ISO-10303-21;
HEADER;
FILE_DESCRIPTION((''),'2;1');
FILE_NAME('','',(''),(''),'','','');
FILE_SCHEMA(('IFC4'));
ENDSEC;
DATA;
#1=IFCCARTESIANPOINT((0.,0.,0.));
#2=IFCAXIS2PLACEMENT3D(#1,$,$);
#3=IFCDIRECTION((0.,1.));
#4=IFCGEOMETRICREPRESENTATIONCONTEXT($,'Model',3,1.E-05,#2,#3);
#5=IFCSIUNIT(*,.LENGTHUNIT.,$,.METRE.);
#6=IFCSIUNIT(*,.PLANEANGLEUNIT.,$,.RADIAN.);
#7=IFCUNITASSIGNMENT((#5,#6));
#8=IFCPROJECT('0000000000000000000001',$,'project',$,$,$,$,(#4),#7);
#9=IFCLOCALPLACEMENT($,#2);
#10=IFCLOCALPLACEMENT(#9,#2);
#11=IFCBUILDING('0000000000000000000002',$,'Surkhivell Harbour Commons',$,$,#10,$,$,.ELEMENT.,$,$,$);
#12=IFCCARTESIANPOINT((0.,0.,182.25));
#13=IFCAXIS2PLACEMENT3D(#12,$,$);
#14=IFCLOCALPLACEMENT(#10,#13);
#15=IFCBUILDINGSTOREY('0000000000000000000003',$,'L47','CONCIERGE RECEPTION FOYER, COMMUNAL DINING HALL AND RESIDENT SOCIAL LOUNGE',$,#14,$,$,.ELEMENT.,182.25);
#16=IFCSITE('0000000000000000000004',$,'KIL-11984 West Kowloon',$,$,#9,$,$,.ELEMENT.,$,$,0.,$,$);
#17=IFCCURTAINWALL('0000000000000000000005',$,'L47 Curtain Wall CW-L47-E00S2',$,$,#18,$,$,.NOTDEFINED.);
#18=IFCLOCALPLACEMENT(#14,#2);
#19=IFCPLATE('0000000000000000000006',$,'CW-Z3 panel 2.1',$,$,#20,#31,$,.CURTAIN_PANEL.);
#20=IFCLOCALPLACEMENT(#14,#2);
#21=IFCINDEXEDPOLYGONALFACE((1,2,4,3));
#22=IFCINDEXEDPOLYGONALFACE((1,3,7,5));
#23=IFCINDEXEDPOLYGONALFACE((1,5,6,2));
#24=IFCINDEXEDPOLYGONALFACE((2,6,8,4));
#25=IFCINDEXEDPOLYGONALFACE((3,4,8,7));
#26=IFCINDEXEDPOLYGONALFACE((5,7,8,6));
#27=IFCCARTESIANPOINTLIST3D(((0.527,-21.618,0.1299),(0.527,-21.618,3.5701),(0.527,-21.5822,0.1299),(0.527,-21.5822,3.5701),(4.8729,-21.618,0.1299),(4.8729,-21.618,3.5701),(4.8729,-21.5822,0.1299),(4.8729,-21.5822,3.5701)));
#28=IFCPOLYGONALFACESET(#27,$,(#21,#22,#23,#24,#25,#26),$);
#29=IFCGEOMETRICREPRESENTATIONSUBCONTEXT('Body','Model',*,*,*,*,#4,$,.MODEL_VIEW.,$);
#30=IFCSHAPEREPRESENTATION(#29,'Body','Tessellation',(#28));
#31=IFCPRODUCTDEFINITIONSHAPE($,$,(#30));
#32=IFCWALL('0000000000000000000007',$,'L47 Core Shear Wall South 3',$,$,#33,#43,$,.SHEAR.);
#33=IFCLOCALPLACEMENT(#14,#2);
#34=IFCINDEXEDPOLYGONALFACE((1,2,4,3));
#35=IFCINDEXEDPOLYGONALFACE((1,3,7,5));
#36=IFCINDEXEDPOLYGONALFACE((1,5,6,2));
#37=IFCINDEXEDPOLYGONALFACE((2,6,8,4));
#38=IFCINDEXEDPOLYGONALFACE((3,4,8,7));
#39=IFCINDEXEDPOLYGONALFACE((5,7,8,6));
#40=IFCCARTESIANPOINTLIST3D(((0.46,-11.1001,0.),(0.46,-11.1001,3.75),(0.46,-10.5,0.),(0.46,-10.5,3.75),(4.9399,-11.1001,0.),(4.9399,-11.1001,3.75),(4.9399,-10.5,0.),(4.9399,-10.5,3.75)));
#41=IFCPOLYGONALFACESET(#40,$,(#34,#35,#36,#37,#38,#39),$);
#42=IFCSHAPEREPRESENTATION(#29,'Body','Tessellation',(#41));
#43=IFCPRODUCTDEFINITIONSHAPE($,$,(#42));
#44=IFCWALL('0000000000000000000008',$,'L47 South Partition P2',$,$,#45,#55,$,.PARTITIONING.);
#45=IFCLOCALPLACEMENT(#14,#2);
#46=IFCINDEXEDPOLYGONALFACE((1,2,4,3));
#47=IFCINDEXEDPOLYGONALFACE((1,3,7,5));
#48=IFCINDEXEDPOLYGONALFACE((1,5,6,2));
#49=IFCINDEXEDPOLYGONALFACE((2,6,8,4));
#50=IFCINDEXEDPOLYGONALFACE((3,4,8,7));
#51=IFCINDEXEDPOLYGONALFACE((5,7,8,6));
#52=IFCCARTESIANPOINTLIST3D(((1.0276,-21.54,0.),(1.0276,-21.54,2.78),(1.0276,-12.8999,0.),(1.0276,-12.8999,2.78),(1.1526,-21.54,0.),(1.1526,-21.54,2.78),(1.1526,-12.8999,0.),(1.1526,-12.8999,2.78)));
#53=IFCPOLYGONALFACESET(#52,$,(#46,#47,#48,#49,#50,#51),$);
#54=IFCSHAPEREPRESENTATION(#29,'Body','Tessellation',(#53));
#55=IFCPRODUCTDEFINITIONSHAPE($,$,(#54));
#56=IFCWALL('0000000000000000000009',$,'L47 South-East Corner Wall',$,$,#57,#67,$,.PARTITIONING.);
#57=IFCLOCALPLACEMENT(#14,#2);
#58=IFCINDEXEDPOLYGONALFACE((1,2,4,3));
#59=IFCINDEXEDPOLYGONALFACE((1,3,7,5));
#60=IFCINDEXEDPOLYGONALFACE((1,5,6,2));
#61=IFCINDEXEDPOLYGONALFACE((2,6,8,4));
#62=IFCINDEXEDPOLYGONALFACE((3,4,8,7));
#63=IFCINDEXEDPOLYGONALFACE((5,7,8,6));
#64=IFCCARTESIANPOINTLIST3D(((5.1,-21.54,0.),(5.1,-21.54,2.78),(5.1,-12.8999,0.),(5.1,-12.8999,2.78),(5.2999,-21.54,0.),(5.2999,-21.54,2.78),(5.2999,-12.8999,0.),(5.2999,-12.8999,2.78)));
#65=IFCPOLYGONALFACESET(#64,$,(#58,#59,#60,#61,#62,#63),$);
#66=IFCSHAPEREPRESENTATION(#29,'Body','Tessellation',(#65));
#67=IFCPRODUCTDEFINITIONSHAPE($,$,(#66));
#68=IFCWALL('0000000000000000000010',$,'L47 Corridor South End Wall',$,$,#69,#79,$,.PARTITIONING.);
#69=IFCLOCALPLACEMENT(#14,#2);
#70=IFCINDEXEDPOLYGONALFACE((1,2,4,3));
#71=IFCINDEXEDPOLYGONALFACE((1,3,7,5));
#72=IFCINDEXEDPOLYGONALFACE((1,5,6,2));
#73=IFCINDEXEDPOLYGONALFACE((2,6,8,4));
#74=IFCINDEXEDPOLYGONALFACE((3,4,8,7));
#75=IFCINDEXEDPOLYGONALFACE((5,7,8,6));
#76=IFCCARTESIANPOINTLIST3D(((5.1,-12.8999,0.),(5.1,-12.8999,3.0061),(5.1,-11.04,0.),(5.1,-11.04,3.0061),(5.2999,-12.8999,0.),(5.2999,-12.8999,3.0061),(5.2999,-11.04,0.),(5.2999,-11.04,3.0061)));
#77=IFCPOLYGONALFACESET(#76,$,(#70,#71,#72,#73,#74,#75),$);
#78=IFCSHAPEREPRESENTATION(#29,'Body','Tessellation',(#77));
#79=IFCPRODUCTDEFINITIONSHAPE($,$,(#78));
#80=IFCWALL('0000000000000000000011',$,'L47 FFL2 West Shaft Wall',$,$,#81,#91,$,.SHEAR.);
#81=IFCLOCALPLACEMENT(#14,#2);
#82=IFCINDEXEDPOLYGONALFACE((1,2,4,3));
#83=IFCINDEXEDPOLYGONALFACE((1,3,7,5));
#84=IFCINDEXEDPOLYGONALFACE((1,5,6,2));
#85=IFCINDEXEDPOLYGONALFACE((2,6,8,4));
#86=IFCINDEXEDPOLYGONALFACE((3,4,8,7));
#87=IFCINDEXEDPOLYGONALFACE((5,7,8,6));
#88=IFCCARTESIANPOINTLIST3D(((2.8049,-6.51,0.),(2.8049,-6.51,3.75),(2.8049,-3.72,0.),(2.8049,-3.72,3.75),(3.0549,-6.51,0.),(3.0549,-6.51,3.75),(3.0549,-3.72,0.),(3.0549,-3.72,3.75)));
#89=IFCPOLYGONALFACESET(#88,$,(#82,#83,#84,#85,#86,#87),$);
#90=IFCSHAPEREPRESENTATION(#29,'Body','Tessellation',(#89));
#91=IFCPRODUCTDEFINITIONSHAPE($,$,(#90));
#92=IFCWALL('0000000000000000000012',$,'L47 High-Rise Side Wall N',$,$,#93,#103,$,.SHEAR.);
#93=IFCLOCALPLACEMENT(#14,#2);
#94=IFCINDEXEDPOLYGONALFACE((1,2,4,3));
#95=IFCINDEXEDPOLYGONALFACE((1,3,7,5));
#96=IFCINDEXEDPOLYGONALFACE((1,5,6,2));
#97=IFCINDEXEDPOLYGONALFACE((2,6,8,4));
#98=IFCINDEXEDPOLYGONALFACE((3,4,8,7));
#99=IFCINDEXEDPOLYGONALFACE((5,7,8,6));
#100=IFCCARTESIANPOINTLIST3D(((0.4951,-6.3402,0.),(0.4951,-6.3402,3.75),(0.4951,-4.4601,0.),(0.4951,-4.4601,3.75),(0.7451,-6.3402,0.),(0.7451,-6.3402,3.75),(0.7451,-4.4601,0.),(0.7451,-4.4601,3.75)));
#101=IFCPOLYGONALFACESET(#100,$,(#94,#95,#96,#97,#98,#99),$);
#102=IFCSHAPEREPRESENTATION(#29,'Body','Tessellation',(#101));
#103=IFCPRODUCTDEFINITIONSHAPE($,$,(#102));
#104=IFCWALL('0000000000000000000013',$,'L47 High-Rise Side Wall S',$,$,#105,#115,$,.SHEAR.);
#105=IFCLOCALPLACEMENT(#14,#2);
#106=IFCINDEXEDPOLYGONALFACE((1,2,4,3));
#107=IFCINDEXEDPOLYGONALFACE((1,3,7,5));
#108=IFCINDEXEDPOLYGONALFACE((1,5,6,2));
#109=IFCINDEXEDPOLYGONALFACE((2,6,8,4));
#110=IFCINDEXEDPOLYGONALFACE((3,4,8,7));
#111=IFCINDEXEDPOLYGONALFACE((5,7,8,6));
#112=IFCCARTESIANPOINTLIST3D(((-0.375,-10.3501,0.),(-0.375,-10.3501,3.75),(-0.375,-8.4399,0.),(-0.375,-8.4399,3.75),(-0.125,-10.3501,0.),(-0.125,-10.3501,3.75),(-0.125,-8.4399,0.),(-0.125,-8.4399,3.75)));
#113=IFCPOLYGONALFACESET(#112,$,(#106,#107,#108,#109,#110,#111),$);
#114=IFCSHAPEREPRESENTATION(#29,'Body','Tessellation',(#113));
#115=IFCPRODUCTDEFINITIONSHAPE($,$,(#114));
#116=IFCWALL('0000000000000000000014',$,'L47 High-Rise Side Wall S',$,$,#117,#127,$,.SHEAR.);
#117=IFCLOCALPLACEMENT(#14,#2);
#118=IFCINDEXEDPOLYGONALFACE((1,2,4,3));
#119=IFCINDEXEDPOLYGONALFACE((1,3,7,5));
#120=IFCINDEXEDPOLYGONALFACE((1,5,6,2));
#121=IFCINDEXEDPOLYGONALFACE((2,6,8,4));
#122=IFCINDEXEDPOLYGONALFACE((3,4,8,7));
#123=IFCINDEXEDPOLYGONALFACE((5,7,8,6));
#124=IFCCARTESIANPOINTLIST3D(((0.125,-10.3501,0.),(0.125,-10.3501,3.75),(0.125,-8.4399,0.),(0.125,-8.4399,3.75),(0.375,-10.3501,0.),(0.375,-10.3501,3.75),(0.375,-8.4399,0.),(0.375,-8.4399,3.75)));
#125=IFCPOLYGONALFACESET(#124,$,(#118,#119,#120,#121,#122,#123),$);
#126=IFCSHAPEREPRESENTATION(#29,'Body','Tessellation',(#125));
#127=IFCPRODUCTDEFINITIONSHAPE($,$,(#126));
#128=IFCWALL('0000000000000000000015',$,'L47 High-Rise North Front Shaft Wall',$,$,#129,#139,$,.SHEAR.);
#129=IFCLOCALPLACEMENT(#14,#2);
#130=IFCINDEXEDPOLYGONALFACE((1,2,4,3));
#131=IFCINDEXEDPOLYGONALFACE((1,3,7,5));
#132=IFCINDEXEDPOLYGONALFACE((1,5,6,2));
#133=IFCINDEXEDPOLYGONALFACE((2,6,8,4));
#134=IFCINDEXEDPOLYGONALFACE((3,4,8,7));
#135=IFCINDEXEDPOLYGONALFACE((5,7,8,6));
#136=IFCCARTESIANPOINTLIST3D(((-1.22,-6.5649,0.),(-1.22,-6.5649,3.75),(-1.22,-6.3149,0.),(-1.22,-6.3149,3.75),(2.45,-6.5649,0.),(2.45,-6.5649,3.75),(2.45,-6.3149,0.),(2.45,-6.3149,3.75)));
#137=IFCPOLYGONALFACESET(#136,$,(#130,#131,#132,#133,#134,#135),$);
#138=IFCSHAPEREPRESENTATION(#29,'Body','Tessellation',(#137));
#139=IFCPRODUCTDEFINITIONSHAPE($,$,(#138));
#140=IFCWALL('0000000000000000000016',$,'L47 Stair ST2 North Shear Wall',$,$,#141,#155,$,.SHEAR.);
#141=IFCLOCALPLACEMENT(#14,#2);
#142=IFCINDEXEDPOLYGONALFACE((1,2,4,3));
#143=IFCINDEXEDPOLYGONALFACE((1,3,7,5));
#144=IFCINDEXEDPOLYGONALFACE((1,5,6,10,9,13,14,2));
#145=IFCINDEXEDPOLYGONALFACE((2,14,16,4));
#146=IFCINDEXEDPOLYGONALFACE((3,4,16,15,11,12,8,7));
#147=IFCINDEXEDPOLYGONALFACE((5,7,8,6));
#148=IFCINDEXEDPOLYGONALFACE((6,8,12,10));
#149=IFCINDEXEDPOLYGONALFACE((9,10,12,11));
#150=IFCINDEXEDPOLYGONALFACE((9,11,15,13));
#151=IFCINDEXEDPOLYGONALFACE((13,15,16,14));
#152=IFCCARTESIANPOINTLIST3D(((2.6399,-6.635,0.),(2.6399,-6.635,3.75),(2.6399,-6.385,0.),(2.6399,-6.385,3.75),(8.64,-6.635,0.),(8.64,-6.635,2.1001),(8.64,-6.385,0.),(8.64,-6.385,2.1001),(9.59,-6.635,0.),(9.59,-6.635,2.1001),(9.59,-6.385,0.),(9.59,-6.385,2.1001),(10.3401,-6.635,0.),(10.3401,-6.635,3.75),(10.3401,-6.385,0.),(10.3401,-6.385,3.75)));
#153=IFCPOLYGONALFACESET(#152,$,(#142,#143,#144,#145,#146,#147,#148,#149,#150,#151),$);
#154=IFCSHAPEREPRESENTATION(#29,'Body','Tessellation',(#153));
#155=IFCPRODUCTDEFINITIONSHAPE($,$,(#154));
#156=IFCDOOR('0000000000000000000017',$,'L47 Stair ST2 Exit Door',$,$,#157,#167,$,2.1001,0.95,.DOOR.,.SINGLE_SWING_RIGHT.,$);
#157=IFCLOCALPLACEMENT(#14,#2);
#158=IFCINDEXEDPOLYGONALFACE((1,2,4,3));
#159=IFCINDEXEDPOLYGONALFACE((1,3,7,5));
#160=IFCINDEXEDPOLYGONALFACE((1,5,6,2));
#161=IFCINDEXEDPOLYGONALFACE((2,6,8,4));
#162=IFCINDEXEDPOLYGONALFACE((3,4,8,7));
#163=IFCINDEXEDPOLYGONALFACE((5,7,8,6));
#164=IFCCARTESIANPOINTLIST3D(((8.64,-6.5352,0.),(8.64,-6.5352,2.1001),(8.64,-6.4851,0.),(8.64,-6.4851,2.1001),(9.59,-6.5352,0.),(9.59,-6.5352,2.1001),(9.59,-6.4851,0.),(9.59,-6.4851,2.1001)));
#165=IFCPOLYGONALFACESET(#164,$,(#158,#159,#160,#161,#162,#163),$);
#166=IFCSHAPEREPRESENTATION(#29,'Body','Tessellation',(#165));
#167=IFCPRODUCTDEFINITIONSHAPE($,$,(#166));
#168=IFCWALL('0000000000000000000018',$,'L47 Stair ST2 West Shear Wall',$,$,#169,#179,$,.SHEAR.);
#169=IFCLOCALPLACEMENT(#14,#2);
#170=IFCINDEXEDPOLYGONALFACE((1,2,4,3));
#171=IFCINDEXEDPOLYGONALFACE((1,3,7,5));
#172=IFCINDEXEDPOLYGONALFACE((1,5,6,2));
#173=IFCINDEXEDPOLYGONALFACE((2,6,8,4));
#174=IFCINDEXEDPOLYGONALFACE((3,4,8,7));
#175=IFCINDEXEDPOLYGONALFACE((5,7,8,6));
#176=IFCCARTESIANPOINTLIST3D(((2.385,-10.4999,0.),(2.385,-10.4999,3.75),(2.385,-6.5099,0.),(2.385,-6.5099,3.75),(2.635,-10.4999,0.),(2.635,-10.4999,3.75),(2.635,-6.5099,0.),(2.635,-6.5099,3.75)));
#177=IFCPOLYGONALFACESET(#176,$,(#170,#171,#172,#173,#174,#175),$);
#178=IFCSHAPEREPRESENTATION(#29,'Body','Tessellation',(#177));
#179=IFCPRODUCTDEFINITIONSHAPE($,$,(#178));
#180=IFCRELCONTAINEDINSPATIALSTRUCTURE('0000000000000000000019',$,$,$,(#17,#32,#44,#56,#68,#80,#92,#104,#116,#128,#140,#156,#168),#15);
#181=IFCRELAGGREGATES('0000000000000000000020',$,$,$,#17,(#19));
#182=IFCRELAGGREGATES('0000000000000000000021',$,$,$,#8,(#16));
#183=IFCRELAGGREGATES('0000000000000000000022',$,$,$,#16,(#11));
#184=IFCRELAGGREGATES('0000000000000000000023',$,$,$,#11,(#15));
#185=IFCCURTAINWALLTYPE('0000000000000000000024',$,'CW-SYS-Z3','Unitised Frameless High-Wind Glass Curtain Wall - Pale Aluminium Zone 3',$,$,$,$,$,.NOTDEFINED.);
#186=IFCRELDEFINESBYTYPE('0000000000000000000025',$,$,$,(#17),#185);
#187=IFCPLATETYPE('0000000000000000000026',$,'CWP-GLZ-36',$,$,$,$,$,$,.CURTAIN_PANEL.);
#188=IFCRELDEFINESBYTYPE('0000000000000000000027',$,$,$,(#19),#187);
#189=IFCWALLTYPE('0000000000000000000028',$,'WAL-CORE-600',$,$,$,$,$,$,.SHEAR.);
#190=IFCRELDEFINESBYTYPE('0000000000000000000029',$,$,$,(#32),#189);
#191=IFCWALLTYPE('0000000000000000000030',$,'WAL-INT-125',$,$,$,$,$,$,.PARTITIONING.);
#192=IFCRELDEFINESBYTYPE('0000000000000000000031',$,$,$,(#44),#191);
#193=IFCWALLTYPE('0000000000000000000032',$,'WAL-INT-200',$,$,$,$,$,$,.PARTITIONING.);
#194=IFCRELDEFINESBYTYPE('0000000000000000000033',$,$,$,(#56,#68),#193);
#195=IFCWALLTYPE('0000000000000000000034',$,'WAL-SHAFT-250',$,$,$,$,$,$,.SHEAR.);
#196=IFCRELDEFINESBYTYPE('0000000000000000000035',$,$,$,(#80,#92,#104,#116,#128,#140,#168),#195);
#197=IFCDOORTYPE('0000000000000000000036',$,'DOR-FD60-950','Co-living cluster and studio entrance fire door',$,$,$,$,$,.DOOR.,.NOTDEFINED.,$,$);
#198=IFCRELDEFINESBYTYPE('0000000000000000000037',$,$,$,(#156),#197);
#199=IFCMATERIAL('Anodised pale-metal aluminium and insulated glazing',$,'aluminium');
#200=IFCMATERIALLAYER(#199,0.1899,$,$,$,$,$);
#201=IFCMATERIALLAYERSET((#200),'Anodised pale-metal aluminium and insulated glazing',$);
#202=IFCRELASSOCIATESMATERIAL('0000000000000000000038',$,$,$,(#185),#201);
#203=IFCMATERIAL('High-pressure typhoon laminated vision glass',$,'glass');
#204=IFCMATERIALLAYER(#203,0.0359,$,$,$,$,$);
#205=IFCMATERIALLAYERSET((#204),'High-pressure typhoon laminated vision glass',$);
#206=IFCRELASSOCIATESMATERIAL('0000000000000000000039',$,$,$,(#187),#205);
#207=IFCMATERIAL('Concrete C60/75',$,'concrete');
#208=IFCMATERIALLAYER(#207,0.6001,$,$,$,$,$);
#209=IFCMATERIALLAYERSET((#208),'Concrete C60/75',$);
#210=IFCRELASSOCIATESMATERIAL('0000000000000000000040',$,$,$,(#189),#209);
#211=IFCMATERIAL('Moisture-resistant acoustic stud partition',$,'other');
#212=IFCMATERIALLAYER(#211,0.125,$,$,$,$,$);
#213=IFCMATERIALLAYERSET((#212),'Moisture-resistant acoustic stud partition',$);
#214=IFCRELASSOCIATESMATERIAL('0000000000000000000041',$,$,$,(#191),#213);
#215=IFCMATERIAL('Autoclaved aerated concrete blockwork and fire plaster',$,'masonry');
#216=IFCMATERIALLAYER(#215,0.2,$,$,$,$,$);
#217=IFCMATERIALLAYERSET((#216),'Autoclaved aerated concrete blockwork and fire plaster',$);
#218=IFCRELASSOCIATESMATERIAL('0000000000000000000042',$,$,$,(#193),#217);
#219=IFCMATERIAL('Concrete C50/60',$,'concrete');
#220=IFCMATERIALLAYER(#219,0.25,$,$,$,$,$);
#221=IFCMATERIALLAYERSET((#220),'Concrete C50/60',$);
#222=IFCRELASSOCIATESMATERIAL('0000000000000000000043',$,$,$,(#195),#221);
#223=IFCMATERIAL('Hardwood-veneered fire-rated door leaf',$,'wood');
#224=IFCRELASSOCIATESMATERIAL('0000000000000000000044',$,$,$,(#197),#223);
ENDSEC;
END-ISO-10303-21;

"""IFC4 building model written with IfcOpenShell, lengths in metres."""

from ifc_helpers import new_model, si_unit, direction, frame, frame_2d, origin, place, context, subcontext, project, spatial, rectangle, extrude, material, layer, layer_set, type_object, element, fill, aggregate, save


model = new_model("IFC4")

# Units and contexts
model_context = context("Model", 3, precision=1e-05, world=origin(), true_north=direction((0.0, 1.0)))
body_context = subcontext(model_context, "Body", "Model", "MODEL_VIEW")
ifc_project = project(units=[si_unit("LENGTHUNIT", "METRE"), si_unit("PLANEANGLEUNIT", "RADIAN")], contexts=[model_context])

# Site, building, storey
site_placement = place(None, origin())
site = spatial("IfcSite", under=ifc_project, at=site_placement, Name="KIL-11984 West Kowloon", CompositionType="ELEMENT", RefElevation=0.0)
building_placement = place(site_placement, origin())
building = spatial("IfcBuilding", under=site, at=building_placement, Name="Surkhivell Harbour Commons", CompositionType="ELEMENT")
storey_placement = place(building_placement, frame((0.0, 0.0, 182.25)))
storey = spatial("IfcBuildingStorey", under=building, at=storey_placement, Name="L47", Description="CONCIERGE RECEPTION FOYER, COMMUNAL DINING HALL AND RESIDENT SOCIAL LOUNGE", CompositionType="ELEMENT", Elevation=182.25)

# Shared definitions
ifc_material_1 = material(Name="Concrete C60/75", Category="concrete")

# Curtain wall, plate
ifc_material_2 = material(Name="Anodised pale-metal aluminium and insulated glazing", Category="aluminium")
ifc_layer_1 = layer(ifc_material_2, 0.1899)
ifc_layer_set_1 = layer_set([ifc_layer_1], Name="Anodised pale-metal aluminium and insulated glazing")
curtain_wall_type = type_object("IfcCurtainWallType", Name="CW-SYS-Z3", Description="Unitised Frameless High-Wind Glass Curtain Wall - Pale Aluminium Zone 3", PredefinedType="NOTDEFINED", material=ifc_layer_set_1)
curtain_wall_placement = place(storey_placement, origin())
curtain_wall = element("IfcCurtainWall", 1, at=curtain_wall_placement, inside=storey, type_object=curtain_wall_type, Name="L47 Curtain Wall CW-L47-E00S2", PredefinedType="NOTDEFINED")
ifc_material_3 = material(Name="High-pressure typhoon laminated vision glass", Category="glass")
ifc_layer_2 = layer(ifc_material_3, 0.0359)
ifc_layer_set_2 = layer_set([ifc_layer_2], Name="High-pressure typhoon laminated vision glass")
plate_type = type_object("IfcPlateType", Name="CWP-GLZ-36", PredefinedType="CURTAIN_PANEL", material=ifc_layer_set_2)
plate_placement = place(storey_placement, frame((0.5271, -21.6001, 0.1299), z_axis=(0.0, 0.0, 1.0), x_axis=(1.0, 0.0, 0.0)))
plate = element("IfcPlate", 2, at=plate_placement, type_object=plate_type, Name="CW-Z3 panel 2.1", PredefinedType="CURTAIN_PANEL", context=body_context, shape_type="SweptSolid", body=[
    extrude(rectangle(XDim=4.3459, YDim=0.0359, at=frame_2d((2.1729, 0.0))), origin(), (0.0, 0.0, 1.0), 3.4402),
])
aggregate(curtain_wall, [plate])

# Walls
ifc_layer_3 = layer(ifc_material_1, 0.6001)
ifc_layer_set_3 = layer_set([ifc_layer_3], Name="Concrete C60/75")
wall_type_1 = type_object("IfcWallType", Name="WAL-CORE-600", PredefinedType="SHEAR", material=ifc_layer_set_3)
wall_1_placement = place(storey_placement, frame((0.46, -10.8, 0.0), z_axis=(0.0, 0.0, 1.0), x_axis=(1.0, 0.0, 0.0)))
element("IfcWall", 3, at=wall_1_placement, inside=storey, type_object=wall_type_1, Name="L47 Core Shear Wall South 3", PredefinedType="SHEAR", context=body_context, shape_type="SweptSolid", body=[
    extrude(rectangle(XDim=4.48, YDim=0.6001, at=frame_2d((2.24, 0.0))), origin(), (0.0, 0.0, 1.0), 3.75),
])
ifc_material_4 = material(Name="Moisture-resistant acoustic stud partition", Category="other")
ifc_layer_4 = layer(ifc_material_4, 0.125)
ifc_layer_set_4 = layer_set([ifc_layer_4], Name="Moisture-resistant acoustic stud partition")
wall_type_2 = type_object("IfcWallType", Name="WAL-INT-125", PredefinedType="PARTITIONING", material=ifc_layer_set_4)
wall_2_placement = place(storey_placement, frame((1.0901, -21.54, 0.0), z_axis=(0.0, 0.0, 1.0), x_axis=(0.0, 1.0, 0.0)))
element("IfcWall", 4, at=wall_2_placement, inside=storey, type_object=wall_type_2, Name="L47 South Partition P2", PredefinedType="PARTITIONING", context=body_context, shape_type="SweptSolid", body=[
    extrude(rectangle(XDim=8.6401, YDim=0.125, at=frame_2d((4.3201, 0.0))), origin(), (0.0, 0.0, 1.0), 2.78),
])
ifc_material_5 = material(Name="Autoclaved aerated concrete blockwork and fire plaster", Category="masonry")
ifc_layer_5 = layer(ifc_material_5, 0.2)
ifc_layer_set_5 = layer_set([ifc_layer_5], Name="Autoclaved aerated concrete blockwork and fire plaster")
wall_type_3 = type_object("IfcWallType", Name="WAL-INT-200", PredefinedType="PARTITIONING", material=ifc_layer_set_5)
wall_3_placement = place(storey_placement, frame((5.2, -21.54, 0.0), z_axis=(0.0, 0.0, 1.0), x_axis=(0.0, 1.0, 0.0)))
element("IfcWall", 5, at=wall_3_placement, inside=storey, type_object=wall_type_3, Name="L47 South-East Corner Wall", PredefinedType="PARTITIONING", context=body_context, shape_type="SweptSolid", body=[
    extrude(rectangle(XDim=8.6401, YDim=0.2, at=frame_2d((4.3201, 0.0))), origin(), (0.0, 0.0, 1.0), 2.78),
])
wall_4_placement = place(storey_placement, frame((5.2, -12.8999, 0.0), z_axis=(0.0, 0.0, 1.0), x_axis=(0.0, 1.0, 0.0)))
element("IfcWall", 6, at=wall_4_placement, inside=storey, type_object=wall_type_3, Name="L47 Corridor South End Wall", PredefinedType="PARTITIONING", context=body_context, shape_type="SweptSolid", body=[
    extrude(rectangle(XDim=1.8599, YDim=0.2, at=frame_2d((0.9299, 0.0))), origin(), (0.0, 0.0, 1.0), 3.0061),
])
ifc_material_6 = material(Name="Concrete C50/60", Category="concrete")
ifc_layer_6 = layer(ifc_material_6, 0.25)
ifc_layer_set_6 = layer_set([ifc_layer_6], Name="Concrete C50/60")
wall_type_4 = type_object("IfcWallType", Name="WAL-SHAFT-250", PredefinedType="SHEAR", material=ifc_layer_set_6)
wall_5_placement = place(storey_placement, frame((2.9299, -6.51, 0.0), z_axis=(0.0, 0.0, 1.0), x_axis=(0.0, 1.0, 0.0)))
element("IfcWall", 7, at=wall_5_placement, inside=storey, type_object=wall_type_4, Name="L47 FFL2 West Shaft Wall", PredefinedType="SHEAR", context=body_context, shape_type="SweptSolid", body=[
    extrude(rectangle(XDim=2.79, YDim=0.25, at=frame_2d((1.395, 0.0))), origin(), (0.0, 0.0, 1.0), 3.75),
])
wall_6_placement = place(storey_placement, frame((0.6201, -6.3401, 0.0), z_axis=(0.0, 0.0, 1.0), x_axis=(0.0, 1.0, 0.0)))
element("IfcWall", 8, at=wall_6_placement, inside=storey, type_object=wall_type_4, Name="L47 High-Rise Side Wall N", PredefinedType="SHEAR", context=body_context, shape_type="SweptSolid", body=[
    extrude(rectangle(XDim=1.8801, YDim=0.25, at=frame_2d((0.9399, 0.0))), origin(), (0.0, 0.0, 1.0), 3.75),
])
for number, where, z_axis, x_axis, name in (
    (9, (-0.25, -10.3501, 0.0), (0.0, 0.0, 1.0), (0.0, 1.0, 0.0), "L47 High-Rise Side Wall S"),
    (10, (0.25, -10.3501, 0.0), (0.0, 0.0, 1.0), (0.0, 1.0, 0.0), "L47 High-Rise Side Wall S"),
):
    element("IfcWall", number, at=place(storey_placement, frame(where, z_axis=z_axis, x_axis=x_axis)), inside=storey, type_object=wall_type_4, Name=name, PredefinedType="SHEAR", context=body_context, shape_type="SweptSolid", body=[
        extrude(rectangle(XDim=1.9102, YDim=0.25, at=frame_2d((0.9551, 0.0))), origin(), (0.0, 0.0, 1.0), 3.75),
    ])
wall_7_placement = place(storey_placement, frame((-1.22, -6.4399, 0.0), z_axis=(0.0, 0.0, 1.0), x_axis=(1.0, 0.0, 0.0)))
element("IfcWall", 11, at=wall_7_placement, inside=storey, type_object=wall_type_4, Name="L47 High-Rise North Front Shaft Wall", PredefinedType="SHEAR", context=body_context, shape_type="SweptSolid", body=[
    extrude(rectangle(XDim=3.6699, YDim=0.25, at=frame_2d((1.835, 0.0))), origin(), (0.0, 0.0, 1.0), 3.75),
])

# Wall, opening, door
wall_8_placement = place(storey_placement, frame((2.6399, -6.51, 0.0), z_axis=(0.0, 0.0, 1.0), x_axis=(1.0, 0.0, 0.0)))
wall_8 = element("IfcWall", 12, at=wall_8_placement, inside=storey, type_object=wall_type_4, Name="L47 Stair ST2 North Shear Wall", PredefinedType="SHEAR", context=body_context, shape_type="SweptSolid", body=[
    extrude(rectangle(XDim=7.7002, YDim=0.25, at=frame_2d((3.8501, 0.0))), origin(), (0.0, 0.0, 1.0), 3.75),
])
opening_placement = place(wall_8_placement, frame((6.0, 0.0, 0.0)))
opening = element("IfcOpeningElement", 13, at=opening_placement, cuts=wall_8, PredefinedType="OPENING", context=body_context, shape_type="SweptSolid", body=[
    extrude(rectangle(XDim=0.95, YDim=2.1001, at=frame_2d((0.4751, 1.05))), frame((0.0, 0.135, 0.0), z_axis=(0.0, -1.0, 0.0), x_axis=(1.0, 0.0, 0.0)), (0.0, 0.0, 1.0), 0.27),
])
ifc_material_7 = material(Name="Hardwood-veneered fire-rated door leaf", Category="wood")
door_type = type_object("IfcDoorType", Name="DOR-FD60-950", Description="Co-living cluster and studio entrance fire door", OperationType="NOTDEFINED", PredefinedType="DOOR", material=ifc_material_7)
door_placement = place(opening_placement, origin())
door = element("IfcDoor", 14, at=door_placement, inside=storey, type_object=door_type, Name="L47 Stair ST2 Exit Door", OperationType="SINGLE_SWING_RIGHT", OverallHeight=2.1001, OverallWidth=0.95, PredefinedType="DOOR", context=body_context, shape_type="SweptSolid", body=[
    extrude(rectangle(XDim=0.95, YDim=2.1001, at=frame_2d((0.4751, 1.05))), frame((0.0, 0.0249, 0.0), z_axis=(0.0, -1.0, 0.0), x_axis=(1.0, 0.0, 0.0)), (0.0, 0.0, 1.0), 0.05),
])
fill(opening, door)

# Wall
wall_9_placement = place(storey_placement, frame((2.51, -10.5, 0.0), z_axis=(0.0, 0.0, 1.0), x_axis=(0.0, 1.0, 0.0)))
element("IfcWall", 15, at=wall_9_placement, inside=storey, type_object=wall_type_4, Name="L47 Stair ST2 West Shear Wall", PredefinedType="SHEAR", context=body_context, shape_type="SweptSolid", body=[
    extrude(rectangle(XDim=3.99, YDim=0.25, at=frame_2d((1.9951, 0.0))), origin(), (0.0, 0.0, 1.0), 3.75),
])

save(model, "model.ifc")
